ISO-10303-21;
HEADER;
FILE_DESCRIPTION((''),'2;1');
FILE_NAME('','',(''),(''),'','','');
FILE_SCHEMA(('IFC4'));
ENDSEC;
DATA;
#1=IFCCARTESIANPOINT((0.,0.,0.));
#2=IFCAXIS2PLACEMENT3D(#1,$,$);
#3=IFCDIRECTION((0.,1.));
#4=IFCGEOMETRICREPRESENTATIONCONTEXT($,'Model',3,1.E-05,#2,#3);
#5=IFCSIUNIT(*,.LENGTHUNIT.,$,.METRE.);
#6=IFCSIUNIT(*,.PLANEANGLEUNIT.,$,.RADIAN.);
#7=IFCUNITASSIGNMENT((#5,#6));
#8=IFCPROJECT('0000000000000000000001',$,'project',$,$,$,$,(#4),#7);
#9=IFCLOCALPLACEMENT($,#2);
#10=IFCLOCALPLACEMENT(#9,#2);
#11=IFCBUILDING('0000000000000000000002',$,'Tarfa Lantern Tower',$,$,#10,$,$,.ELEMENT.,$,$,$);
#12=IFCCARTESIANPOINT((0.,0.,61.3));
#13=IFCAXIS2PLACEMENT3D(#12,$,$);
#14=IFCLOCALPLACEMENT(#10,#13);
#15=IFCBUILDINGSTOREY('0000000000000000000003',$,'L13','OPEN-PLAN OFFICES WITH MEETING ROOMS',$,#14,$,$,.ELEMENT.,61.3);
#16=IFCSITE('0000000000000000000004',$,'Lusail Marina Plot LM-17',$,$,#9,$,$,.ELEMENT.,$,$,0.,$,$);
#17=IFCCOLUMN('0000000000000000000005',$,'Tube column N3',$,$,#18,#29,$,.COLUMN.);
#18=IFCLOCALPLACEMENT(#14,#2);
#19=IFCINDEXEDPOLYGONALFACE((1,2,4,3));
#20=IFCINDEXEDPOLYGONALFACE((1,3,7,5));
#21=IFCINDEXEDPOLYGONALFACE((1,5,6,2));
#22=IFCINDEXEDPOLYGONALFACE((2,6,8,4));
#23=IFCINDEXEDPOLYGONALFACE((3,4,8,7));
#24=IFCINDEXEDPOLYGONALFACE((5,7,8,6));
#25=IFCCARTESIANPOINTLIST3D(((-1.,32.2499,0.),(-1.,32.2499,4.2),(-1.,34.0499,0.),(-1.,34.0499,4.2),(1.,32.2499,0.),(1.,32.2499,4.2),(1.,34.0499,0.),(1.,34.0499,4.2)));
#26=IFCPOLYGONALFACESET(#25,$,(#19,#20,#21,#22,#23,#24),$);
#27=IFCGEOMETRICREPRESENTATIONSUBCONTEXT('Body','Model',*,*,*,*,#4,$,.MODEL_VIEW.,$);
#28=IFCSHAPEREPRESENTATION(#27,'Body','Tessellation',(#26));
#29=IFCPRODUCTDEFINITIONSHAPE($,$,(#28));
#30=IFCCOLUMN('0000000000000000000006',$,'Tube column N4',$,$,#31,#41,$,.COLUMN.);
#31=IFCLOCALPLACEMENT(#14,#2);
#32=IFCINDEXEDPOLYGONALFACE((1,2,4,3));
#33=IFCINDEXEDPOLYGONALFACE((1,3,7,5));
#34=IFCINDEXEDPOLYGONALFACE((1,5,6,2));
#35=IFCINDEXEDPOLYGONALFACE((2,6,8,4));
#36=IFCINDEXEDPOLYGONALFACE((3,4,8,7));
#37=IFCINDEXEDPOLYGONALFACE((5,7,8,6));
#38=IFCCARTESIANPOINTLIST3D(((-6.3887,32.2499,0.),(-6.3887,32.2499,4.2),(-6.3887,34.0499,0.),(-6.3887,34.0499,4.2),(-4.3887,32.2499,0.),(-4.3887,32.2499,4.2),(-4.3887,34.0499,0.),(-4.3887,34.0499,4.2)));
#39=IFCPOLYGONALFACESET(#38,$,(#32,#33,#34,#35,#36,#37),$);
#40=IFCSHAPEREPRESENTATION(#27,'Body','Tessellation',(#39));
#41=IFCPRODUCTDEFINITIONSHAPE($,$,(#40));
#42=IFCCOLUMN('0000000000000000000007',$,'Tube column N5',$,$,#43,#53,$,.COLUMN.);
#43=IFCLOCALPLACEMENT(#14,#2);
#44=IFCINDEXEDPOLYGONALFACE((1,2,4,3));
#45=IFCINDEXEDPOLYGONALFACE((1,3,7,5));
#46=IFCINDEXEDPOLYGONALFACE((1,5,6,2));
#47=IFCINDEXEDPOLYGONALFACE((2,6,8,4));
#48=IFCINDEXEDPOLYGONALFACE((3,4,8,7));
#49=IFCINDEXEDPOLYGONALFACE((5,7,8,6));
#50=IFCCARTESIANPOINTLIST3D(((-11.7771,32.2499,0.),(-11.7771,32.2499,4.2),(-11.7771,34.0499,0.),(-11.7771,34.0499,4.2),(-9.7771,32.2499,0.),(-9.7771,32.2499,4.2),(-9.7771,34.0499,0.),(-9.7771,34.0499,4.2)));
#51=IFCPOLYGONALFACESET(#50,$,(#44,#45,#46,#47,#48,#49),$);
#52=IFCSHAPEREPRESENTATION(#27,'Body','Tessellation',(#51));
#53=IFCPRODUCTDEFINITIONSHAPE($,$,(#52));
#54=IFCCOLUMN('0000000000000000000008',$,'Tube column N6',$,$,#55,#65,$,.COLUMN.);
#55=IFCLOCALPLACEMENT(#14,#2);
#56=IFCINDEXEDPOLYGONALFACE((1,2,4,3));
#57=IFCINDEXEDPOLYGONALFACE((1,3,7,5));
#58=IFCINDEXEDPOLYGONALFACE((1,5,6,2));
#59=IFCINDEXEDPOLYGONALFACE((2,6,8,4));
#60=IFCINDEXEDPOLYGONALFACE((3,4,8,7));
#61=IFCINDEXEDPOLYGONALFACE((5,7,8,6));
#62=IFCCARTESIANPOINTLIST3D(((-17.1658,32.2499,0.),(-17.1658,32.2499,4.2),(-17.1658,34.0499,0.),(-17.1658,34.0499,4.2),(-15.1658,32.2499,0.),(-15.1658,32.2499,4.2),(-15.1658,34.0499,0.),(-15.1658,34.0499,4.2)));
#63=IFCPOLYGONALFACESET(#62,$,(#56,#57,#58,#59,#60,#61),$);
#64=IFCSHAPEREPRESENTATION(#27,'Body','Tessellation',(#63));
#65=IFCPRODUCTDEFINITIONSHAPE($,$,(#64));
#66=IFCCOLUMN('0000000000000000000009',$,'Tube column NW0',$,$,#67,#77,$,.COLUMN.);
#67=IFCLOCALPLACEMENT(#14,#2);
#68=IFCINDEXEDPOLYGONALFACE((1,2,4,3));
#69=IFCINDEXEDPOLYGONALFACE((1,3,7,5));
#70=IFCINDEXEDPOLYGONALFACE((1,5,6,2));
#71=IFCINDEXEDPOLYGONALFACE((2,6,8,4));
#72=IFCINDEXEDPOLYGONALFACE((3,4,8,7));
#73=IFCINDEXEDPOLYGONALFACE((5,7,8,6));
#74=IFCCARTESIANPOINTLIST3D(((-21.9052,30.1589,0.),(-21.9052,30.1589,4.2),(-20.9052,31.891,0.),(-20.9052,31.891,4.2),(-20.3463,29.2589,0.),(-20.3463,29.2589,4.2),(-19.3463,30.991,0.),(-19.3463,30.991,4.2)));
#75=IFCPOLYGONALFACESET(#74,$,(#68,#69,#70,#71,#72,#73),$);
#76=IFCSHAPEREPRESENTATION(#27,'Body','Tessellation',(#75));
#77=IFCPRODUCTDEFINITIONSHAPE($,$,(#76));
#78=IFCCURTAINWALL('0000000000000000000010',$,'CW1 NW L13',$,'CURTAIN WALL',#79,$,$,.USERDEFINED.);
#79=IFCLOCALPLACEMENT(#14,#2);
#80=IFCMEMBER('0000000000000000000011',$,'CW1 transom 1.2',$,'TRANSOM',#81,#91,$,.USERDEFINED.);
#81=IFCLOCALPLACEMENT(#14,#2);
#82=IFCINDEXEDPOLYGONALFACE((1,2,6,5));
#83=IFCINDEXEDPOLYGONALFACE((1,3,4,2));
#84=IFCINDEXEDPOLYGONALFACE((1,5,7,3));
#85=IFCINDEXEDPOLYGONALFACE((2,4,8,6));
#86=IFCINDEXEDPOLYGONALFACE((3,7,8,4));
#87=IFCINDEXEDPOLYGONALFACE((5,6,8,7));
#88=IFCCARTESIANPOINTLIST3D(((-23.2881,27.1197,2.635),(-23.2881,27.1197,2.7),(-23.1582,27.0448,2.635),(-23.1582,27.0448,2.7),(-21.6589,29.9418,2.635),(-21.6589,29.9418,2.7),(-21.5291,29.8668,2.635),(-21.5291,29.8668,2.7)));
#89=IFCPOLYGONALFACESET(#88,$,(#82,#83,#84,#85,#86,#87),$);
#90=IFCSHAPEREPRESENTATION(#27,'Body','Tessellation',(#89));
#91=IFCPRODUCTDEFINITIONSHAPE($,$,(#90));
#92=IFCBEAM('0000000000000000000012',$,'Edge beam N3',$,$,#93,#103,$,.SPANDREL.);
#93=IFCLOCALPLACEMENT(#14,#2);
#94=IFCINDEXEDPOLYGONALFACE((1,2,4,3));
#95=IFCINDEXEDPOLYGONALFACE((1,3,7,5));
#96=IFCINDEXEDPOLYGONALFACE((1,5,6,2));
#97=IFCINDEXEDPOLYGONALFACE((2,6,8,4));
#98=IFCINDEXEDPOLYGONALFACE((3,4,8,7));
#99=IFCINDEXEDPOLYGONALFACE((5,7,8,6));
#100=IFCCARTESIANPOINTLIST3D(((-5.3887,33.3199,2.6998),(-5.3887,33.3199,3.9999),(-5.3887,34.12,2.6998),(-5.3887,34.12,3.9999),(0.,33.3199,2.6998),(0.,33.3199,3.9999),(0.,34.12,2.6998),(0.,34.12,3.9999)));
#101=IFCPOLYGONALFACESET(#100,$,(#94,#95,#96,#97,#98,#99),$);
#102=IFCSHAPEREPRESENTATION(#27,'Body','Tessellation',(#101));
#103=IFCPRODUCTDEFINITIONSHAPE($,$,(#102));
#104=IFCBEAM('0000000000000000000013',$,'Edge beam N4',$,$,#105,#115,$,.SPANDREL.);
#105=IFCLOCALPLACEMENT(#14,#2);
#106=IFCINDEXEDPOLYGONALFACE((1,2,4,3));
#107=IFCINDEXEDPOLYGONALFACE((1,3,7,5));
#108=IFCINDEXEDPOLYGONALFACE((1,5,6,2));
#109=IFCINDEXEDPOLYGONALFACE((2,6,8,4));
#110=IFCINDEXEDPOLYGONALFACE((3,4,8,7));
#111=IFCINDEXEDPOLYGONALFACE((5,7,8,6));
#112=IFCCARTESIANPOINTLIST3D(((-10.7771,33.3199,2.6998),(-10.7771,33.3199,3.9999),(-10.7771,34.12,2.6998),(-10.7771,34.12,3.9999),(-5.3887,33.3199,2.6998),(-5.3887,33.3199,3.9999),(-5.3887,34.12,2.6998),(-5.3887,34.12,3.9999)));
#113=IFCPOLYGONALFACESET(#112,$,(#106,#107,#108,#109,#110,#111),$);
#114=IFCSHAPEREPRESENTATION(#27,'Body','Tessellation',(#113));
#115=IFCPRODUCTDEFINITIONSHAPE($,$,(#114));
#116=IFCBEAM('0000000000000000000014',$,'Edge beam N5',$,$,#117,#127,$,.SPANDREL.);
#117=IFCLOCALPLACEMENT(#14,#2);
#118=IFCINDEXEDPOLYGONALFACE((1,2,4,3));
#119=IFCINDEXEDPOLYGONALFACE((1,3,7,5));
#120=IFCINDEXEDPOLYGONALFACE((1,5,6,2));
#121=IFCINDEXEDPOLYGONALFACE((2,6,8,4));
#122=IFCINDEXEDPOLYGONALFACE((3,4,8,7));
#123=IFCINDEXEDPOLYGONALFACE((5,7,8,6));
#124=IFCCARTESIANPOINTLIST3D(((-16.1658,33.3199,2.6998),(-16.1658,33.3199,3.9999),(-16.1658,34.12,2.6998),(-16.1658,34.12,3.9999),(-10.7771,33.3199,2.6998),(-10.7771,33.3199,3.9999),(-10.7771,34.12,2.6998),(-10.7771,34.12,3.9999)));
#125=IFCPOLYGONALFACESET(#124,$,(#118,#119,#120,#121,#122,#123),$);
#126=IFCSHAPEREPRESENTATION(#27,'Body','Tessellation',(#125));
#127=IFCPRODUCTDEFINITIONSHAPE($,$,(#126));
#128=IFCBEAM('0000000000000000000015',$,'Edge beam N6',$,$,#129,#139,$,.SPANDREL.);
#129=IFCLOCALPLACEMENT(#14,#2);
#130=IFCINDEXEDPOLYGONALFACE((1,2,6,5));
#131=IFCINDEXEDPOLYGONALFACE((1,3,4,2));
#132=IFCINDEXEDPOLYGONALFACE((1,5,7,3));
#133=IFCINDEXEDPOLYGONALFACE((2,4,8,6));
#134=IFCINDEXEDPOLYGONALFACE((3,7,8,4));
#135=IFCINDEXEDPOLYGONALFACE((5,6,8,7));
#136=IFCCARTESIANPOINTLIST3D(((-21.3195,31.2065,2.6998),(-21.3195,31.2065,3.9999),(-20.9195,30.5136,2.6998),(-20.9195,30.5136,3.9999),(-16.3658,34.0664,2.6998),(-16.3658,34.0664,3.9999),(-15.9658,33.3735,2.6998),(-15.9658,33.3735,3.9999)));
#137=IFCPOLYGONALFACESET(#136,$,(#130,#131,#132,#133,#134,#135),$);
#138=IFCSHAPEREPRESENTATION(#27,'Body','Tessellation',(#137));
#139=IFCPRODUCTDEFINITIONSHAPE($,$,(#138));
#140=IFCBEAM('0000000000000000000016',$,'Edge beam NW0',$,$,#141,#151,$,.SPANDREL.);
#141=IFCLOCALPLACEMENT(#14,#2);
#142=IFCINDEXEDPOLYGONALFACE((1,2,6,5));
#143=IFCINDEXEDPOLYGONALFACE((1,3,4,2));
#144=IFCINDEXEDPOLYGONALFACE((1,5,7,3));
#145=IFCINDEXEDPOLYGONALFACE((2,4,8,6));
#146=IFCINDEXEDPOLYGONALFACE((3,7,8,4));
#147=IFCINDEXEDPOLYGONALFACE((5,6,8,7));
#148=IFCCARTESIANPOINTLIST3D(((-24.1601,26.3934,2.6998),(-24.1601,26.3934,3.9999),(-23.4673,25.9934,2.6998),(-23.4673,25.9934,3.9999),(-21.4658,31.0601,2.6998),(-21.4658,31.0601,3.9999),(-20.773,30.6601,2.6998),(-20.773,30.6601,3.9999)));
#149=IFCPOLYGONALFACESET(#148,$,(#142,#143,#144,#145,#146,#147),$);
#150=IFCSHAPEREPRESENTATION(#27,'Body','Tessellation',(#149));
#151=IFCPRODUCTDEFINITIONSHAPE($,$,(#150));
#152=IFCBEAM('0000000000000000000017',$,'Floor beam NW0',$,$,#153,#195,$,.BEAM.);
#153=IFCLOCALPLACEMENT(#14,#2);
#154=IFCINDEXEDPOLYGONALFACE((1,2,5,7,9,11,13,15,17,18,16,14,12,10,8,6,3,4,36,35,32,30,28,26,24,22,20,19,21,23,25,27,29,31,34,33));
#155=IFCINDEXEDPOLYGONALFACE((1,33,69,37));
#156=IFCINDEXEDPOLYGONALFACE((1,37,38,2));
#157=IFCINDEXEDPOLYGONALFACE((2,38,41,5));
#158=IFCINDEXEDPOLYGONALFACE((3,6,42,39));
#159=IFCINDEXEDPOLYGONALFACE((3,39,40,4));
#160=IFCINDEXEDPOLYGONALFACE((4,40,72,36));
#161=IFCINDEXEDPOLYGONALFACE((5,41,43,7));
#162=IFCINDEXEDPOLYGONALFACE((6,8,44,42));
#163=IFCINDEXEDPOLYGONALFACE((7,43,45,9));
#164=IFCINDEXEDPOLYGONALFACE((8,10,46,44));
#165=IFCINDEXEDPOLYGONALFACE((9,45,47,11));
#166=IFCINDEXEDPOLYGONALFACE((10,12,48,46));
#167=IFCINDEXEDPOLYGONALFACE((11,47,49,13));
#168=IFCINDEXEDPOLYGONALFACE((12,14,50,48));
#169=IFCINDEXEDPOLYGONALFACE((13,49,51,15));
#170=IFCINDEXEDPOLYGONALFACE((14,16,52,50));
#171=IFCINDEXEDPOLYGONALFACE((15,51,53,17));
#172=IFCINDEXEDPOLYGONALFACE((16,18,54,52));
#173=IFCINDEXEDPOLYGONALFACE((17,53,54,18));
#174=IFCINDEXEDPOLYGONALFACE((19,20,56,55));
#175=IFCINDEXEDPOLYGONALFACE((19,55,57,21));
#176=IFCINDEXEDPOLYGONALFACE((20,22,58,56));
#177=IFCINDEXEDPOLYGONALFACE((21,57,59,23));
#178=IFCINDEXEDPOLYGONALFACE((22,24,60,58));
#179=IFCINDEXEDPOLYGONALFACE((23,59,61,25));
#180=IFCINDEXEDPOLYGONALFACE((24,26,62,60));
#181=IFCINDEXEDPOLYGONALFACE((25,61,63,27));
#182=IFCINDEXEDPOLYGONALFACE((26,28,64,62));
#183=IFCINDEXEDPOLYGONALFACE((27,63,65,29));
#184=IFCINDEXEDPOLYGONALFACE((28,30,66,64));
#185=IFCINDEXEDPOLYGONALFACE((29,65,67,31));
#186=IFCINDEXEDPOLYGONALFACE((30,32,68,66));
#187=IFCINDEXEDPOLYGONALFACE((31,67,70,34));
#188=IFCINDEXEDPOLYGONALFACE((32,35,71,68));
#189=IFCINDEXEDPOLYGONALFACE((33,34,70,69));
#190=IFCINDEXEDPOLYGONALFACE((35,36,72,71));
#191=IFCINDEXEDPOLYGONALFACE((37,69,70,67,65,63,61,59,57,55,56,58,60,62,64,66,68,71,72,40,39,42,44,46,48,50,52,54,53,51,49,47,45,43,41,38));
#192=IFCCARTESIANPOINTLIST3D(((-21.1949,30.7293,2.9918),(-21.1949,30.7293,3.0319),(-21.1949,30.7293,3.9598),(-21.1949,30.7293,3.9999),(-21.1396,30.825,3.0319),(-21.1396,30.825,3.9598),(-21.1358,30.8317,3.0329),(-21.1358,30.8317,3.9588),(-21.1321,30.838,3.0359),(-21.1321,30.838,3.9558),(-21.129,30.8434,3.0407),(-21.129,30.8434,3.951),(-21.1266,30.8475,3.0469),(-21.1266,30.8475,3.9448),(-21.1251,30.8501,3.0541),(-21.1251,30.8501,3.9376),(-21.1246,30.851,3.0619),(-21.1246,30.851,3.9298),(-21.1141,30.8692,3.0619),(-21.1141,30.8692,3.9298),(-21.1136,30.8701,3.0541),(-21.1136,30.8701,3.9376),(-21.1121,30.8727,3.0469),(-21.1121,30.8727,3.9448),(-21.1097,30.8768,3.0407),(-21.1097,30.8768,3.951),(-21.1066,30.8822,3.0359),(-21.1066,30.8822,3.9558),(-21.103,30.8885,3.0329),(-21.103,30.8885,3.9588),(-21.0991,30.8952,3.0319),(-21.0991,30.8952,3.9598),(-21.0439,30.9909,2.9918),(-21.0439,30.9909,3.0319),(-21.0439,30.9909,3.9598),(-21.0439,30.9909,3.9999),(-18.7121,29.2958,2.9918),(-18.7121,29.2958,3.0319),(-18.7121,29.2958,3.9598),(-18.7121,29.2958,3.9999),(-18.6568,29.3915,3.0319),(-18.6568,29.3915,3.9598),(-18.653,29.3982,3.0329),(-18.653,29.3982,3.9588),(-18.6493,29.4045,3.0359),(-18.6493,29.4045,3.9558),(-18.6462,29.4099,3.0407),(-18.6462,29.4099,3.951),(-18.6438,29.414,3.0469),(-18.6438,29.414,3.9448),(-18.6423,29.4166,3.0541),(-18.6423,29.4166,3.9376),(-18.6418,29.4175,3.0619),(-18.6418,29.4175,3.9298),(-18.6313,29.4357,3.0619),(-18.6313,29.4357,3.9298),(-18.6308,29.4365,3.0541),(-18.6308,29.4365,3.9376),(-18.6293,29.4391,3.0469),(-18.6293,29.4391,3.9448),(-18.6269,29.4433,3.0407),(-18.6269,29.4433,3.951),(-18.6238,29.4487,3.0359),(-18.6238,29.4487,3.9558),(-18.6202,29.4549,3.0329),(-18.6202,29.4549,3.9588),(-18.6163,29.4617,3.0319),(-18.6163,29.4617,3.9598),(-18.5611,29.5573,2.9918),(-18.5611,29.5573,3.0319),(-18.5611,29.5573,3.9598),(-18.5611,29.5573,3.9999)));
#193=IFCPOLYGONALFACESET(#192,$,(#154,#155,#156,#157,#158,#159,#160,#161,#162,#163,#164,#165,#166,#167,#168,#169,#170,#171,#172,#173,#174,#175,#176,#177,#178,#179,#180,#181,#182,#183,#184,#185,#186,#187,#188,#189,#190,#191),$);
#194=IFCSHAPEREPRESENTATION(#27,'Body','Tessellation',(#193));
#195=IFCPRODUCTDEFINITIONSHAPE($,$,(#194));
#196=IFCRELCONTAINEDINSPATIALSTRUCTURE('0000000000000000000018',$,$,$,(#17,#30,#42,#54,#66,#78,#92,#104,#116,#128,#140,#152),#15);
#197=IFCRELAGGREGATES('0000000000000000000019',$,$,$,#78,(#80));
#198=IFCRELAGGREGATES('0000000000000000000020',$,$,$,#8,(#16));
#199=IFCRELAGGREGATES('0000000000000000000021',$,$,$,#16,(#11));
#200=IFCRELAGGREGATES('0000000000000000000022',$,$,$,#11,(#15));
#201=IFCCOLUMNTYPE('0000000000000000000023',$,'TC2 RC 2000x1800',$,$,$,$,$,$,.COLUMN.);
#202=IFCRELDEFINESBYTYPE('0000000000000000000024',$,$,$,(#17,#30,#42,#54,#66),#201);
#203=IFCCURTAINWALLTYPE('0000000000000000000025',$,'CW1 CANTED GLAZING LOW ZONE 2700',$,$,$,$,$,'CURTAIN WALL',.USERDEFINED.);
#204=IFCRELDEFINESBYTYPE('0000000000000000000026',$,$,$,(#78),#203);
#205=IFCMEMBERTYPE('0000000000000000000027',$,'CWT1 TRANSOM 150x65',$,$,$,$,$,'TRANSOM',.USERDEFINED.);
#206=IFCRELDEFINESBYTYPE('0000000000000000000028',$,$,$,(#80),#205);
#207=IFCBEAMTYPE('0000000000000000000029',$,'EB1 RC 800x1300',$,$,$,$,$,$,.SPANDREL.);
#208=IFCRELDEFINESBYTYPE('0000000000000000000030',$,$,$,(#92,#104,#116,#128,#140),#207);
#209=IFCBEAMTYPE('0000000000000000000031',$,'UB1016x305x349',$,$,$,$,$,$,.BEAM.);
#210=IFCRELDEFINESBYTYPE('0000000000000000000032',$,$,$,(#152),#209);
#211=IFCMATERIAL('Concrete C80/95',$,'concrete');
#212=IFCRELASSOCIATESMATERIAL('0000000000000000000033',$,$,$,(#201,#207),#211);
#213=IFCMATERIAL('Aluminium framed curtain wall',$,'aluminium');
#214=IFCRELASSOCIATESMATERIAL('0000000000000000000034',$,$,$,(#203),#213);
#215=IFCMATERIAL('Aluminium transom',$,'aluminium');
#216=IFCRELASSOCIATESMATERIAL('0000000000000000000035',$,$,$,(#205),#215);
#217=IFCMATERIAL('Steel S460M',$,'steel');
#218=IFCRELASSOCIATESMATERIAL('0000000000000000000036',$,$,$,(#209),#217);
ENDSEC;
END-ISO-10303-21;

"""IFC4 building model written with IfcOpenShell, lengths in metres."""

from ifc_helpers import new_model, si_unit, direction, frame, origin, origin_2d, place, context, subcontext, project, spatial, rectangle, i_section, extrude, material, material_profile, profile_set, type_object, element, aggregate, save


model = new_model("IFC4")

# Units and contexts
model_context = context("Model", 3, precision=1e-05, world=origin(), true_north=direction((0.0, 1.0)))
body_context = subcontext(model_context, "Body", "Model", "MODEL_VIEW")
ifc_project = project(units=[si_unit("LENGTHUNIT", "METRE"), si_unit("PLANEANGLEUNIT", "RADIAN")], contexts=[model_context])

# Site, building, storey
site_placement = place(None, origin())
site = spatial("IfcSite", under=ifc_project, at=site_placement, Name="Lusail Marina Plot LM-17", CompositionType="ELEMENT", RefElevation=0.0)
building_placement = place(site_placement, origin())
building = spatial("IfcBuilding", under=site, at=building_placement, Name="Tarfa Lantern Tower", CompositionType="ELEMENT")
storey_placement = place(building_placement, frame((0.0, 0.0, 61.3)))
storey = spatial("IfcBuildingStorey", under=building, at=storey_placement, Name="L13", Description="OPEN-PLAN OFFICES WITH MEETING ROOMS", CompositionType="ELEMENT", Elevation=61.3)

# Columns
ifc_material_1 = material(Name="Concrete C80/95", Category="concrete")
ifc_material_profile_1 = material_profile(ifc_material_1, rectangle(XDim=2.0, YDim=1.8, at=origin_2d()), Name="RC 2000x1800")
ifc_profile_set_1 = profile_set([ifc_material_profile_1], Name="Concrete C80/95")
column_type = type_object("IfcColumnType", Name="TC2 RC 2000x1800", PredefinedType="COLUMN", material=ifc_profile_set_1)
for number, where, z_axis, x_axis, name in (
    (1, (0.0, 33.1499, 0.0), (0.0, 0.0, 1.0), (-1.0, 0.0, 0.0), "Tube column N3"),
    (2, (-5.3887, 33.1499, 0.0), (0.0, 0.0, 1.0), (-1.0, 0.0, 0.0), "Tube column N4"),
    (3, (-10.7771, 33.1499, 0.0), (0.0, 0.0, 1.0), (-1.0, 0.0, 0.0), "Tube column N5"),
    (4, (-16.1658, 33.1499, 0.0), (0.0, 0.0, 1.0), (-1.0, 0.0, 0.0), "Tube column N6"),
    (5, (-20.6257, 30.575, 0.0), (0.0, 0.0, 1.0), (-0.5, -0.866025, 0.0), "Tube column NW0"),
):
    element("IfcColumn", number, at=place(storey_placement, frame(where, z_axis=z_axis, x_axis=x_axis)), inside=storey, type_object=column_type, Name=name, PredefinedType="COLUMN", context=body_context, shape_type="SweptSolid", body=[
        extrude(rectangle(XDim=2.0, YDim=1.8, at=origin_2d()), origin(), (0.0, 0.0, 1.0), 4.2),
    ])

# Curtain wall, member
ifc_material_2 = material(Name="Aluminium framed curtain wall", Category="aluminium")
curtain_wall_type = type_object("IfcCurtainWallType", Name="CW1 CANTED GLAZING LOW ZONE 2700", ElementType="CURTAIN WALL", PredefinedType="USERDEFINED", material=ifc_material_2)
curtain_wall_placement = place(storey_placement, origin())
curtain_wall = element("IfcCurtainWall", 6, at=curtain_wall_placement, inside=storey, type_object=curtain_wall_type, Name="CW1 NW L13", ObjectType="CURTAIN WALL", PredefinedType="USERDEFINED")
ifc_material_3 = material(Name="Aluminium transom", Category="aluminium")
ifc_material_profile_2 = material_profile(ifc_material_3, rectangle(XDim=0.1499, YDim=0.0649, at=origin_2d()), Name="AL TRANSOM 150x65")
ifc_profile_set_2 = profile_set([ifc_material_profile_2], Name="Aluminium transom")
member_type = type_object("IfcMemberType", Name="CWT1 TRANSOM 150x65", ElementType="TRANSOM", PredefinedType="USERDEFINED", material=ifc_profile_set_2)
member_placement = place(storey_placement, frame((-21.594, 29.9043, 2.6675), z_axis=(-0.499967, -0.866045, 0.0), x_axis=(0.866045, -0.499967, 0.0)))
member = element("IfcMember", 7, at=member_placement, type_object=member_type, Name="CW1 transom 1.2", ObjectType="TRANSOM", PredefinedType="USERDEFINED", context=body_context, shape_type="SweptSolid", body=[
    extrude(rectangle(XDim=0.1499, YDim=0.0649, at=origin_2d()), origin(), (0.0, 0.0, 1.0), 3.2585),
])
aggregate(curtain_wall, [member])

# Beams
ifc_material_profile_3 = material_profile(ifc_material_1, rectangle(XDim=0.8, YDim=1.3, at=origin_2d()), Name="RC 800x1300")
ifc_profile_set_3 = profile_set([ifc_material_profile_3], Name="Concrete C80/95")
beam_type_1 = type_object("IfcBeamType", Name="EB1 RC 800x1300", PredefinedType="SPANDREL", material=ifc_profile_set_3)
beam_1_placement = place(storey_placement, frame((0.0, 33.72, 3.3499), z_axis=(-1.0, 0.0, 0.0), x_axis=(0.0, -1.0, 0.0)))
element("IfcBeam", 8, at=beam_1_placement, inside=storey, type_object=beam_type_1, Name="Edge beam N3", PredefinedType="SPANDREL", context=body_context, shape_type="SweptSolid", body=[
    extrude(rectangle(XDim=0.8, YDim=1.3, at=origin_2d()), origin(), (0.0, 0.0, 1.0), 5.3887),
])
beam_2_placement = place(storey_placement, frame((-5.3887, 33.72, 3.3499), z_axis=(-1.0, 0.0, 0.0), x_axis=(0.0, -1.0, 0.0)))
element("IfcBeam", 9, at=beam_2_placement, inside=storey, type_object=beam_type_1, Name="Edge beam N4", PredefinedType="SPANDREL", context=body_context, shape_type="SweptSolid", body=[
    extrude(rectangle(XDim=0.8, YDim=1.3, at=origin_2d()), origin(), (0.0, 0.0, 1.0), 5.3884),
])
beam_3_placement = place(storey_placement, frame((-10.7771, 33.72, 3.3499), z_axis=(-1.0, 0.0, 0.0), x_axis=(0.0, -1.0, 0.0)))
element("IfcBeam", 10, at=beam_3_placement, inside=storey, type_object=beam_type_1, Name="Edge beam N5", PredefinedType="SPANDREL", context=body_context, shape_type="SweptSolid", body=[
    extrude(rectangle(XDim=0.8, YDim=1.3, at=origin_2d()), origin(), (0.0, 0.0, 1.0), 5.3887),
])
beam_4_placement = place(storey_placement, frame((-16.1658, 33.72, 3.3499), z_axis=(-0.866033, -0.499986, 0.0), x_axis=(0.499986, -0.866033, 0.0)))
element("IfcBeam", 11, at=beam_4_placement, inside=storey, type_object=beam_type_1, Name="Edge beam N6", PredefinedType="SPANDREL", context=body_context, shape_type="SweptSolid", body=[
    extrude(rectangle(XDim=0.8, YDim=1.3, at=origin_2d()), origin(), (0.0, 0.0, 1.0), 5.72),
])
beam_5_placement = place(storey_placement, frame((-21.1194, 30.8601, 3.3499), z_axis=(-0.499998, -0.866026, 0.0), x_axis=(0.866026, -0.499998, 0.0)))
element("IfcBeam", 12, at=beam_5_placement, inside=storey, type_object=beam_type_1, Name="Edge beam NW0", PredefinedType="SPANDREL", context=body_context, shape_type="SweptSolid", body=[
    extrude(rectangle(XDim=0.8, YDim=1.3, at=origin_2d()), origin(), (0.0, 0.0, 1.0), 5.3887),
])
ifc_material_4 = material(Name="Steel S460M", Category="steel")
ifc_material_profile_4 = material_profile(ifc_material_4, i_section(OverallWidth=0.302, OverallDepth=1.0081, WebThickness=0.021, FlangeThickness=0.04, FilletRadius=0.03, at=origin_2d()), Name="UB1016x305x349")
ifc_profile_set_4 = profile_set([ifc_material_profile_4], Name="Steel S460M")
beam_type_2 = type_object("IfcBeamType", Name="UB1016x305x349", PredefinedType="BEAM", material=ifc_profile_set_4)
beam_6_placement = place(storey_placement, frame((-21.1194, 30.8601, 3.4958), z_axis=(0.866013, -0.500022, 0.0), x_axis=(0.500022, 0.866013, 0.0)))
element("IfcBeam", 13, at=beam_6_placement, inside=storey, type_object=beam_type_2, Name="Floor beam NW0", PredefinedType="BEAM", context=body_context, shape_type="SweptSolid", body=[
    extrude(i_section(OverallWidth=0.302, OverallDepth=1.0081, WebThickness=0.021, FlangeThickness=0.04, FilletRadius=0.03, at=origin_2d()), origin(), (0.0, 0.0, 1.0), 2.8669),
])

save(model, "model.ifc")
